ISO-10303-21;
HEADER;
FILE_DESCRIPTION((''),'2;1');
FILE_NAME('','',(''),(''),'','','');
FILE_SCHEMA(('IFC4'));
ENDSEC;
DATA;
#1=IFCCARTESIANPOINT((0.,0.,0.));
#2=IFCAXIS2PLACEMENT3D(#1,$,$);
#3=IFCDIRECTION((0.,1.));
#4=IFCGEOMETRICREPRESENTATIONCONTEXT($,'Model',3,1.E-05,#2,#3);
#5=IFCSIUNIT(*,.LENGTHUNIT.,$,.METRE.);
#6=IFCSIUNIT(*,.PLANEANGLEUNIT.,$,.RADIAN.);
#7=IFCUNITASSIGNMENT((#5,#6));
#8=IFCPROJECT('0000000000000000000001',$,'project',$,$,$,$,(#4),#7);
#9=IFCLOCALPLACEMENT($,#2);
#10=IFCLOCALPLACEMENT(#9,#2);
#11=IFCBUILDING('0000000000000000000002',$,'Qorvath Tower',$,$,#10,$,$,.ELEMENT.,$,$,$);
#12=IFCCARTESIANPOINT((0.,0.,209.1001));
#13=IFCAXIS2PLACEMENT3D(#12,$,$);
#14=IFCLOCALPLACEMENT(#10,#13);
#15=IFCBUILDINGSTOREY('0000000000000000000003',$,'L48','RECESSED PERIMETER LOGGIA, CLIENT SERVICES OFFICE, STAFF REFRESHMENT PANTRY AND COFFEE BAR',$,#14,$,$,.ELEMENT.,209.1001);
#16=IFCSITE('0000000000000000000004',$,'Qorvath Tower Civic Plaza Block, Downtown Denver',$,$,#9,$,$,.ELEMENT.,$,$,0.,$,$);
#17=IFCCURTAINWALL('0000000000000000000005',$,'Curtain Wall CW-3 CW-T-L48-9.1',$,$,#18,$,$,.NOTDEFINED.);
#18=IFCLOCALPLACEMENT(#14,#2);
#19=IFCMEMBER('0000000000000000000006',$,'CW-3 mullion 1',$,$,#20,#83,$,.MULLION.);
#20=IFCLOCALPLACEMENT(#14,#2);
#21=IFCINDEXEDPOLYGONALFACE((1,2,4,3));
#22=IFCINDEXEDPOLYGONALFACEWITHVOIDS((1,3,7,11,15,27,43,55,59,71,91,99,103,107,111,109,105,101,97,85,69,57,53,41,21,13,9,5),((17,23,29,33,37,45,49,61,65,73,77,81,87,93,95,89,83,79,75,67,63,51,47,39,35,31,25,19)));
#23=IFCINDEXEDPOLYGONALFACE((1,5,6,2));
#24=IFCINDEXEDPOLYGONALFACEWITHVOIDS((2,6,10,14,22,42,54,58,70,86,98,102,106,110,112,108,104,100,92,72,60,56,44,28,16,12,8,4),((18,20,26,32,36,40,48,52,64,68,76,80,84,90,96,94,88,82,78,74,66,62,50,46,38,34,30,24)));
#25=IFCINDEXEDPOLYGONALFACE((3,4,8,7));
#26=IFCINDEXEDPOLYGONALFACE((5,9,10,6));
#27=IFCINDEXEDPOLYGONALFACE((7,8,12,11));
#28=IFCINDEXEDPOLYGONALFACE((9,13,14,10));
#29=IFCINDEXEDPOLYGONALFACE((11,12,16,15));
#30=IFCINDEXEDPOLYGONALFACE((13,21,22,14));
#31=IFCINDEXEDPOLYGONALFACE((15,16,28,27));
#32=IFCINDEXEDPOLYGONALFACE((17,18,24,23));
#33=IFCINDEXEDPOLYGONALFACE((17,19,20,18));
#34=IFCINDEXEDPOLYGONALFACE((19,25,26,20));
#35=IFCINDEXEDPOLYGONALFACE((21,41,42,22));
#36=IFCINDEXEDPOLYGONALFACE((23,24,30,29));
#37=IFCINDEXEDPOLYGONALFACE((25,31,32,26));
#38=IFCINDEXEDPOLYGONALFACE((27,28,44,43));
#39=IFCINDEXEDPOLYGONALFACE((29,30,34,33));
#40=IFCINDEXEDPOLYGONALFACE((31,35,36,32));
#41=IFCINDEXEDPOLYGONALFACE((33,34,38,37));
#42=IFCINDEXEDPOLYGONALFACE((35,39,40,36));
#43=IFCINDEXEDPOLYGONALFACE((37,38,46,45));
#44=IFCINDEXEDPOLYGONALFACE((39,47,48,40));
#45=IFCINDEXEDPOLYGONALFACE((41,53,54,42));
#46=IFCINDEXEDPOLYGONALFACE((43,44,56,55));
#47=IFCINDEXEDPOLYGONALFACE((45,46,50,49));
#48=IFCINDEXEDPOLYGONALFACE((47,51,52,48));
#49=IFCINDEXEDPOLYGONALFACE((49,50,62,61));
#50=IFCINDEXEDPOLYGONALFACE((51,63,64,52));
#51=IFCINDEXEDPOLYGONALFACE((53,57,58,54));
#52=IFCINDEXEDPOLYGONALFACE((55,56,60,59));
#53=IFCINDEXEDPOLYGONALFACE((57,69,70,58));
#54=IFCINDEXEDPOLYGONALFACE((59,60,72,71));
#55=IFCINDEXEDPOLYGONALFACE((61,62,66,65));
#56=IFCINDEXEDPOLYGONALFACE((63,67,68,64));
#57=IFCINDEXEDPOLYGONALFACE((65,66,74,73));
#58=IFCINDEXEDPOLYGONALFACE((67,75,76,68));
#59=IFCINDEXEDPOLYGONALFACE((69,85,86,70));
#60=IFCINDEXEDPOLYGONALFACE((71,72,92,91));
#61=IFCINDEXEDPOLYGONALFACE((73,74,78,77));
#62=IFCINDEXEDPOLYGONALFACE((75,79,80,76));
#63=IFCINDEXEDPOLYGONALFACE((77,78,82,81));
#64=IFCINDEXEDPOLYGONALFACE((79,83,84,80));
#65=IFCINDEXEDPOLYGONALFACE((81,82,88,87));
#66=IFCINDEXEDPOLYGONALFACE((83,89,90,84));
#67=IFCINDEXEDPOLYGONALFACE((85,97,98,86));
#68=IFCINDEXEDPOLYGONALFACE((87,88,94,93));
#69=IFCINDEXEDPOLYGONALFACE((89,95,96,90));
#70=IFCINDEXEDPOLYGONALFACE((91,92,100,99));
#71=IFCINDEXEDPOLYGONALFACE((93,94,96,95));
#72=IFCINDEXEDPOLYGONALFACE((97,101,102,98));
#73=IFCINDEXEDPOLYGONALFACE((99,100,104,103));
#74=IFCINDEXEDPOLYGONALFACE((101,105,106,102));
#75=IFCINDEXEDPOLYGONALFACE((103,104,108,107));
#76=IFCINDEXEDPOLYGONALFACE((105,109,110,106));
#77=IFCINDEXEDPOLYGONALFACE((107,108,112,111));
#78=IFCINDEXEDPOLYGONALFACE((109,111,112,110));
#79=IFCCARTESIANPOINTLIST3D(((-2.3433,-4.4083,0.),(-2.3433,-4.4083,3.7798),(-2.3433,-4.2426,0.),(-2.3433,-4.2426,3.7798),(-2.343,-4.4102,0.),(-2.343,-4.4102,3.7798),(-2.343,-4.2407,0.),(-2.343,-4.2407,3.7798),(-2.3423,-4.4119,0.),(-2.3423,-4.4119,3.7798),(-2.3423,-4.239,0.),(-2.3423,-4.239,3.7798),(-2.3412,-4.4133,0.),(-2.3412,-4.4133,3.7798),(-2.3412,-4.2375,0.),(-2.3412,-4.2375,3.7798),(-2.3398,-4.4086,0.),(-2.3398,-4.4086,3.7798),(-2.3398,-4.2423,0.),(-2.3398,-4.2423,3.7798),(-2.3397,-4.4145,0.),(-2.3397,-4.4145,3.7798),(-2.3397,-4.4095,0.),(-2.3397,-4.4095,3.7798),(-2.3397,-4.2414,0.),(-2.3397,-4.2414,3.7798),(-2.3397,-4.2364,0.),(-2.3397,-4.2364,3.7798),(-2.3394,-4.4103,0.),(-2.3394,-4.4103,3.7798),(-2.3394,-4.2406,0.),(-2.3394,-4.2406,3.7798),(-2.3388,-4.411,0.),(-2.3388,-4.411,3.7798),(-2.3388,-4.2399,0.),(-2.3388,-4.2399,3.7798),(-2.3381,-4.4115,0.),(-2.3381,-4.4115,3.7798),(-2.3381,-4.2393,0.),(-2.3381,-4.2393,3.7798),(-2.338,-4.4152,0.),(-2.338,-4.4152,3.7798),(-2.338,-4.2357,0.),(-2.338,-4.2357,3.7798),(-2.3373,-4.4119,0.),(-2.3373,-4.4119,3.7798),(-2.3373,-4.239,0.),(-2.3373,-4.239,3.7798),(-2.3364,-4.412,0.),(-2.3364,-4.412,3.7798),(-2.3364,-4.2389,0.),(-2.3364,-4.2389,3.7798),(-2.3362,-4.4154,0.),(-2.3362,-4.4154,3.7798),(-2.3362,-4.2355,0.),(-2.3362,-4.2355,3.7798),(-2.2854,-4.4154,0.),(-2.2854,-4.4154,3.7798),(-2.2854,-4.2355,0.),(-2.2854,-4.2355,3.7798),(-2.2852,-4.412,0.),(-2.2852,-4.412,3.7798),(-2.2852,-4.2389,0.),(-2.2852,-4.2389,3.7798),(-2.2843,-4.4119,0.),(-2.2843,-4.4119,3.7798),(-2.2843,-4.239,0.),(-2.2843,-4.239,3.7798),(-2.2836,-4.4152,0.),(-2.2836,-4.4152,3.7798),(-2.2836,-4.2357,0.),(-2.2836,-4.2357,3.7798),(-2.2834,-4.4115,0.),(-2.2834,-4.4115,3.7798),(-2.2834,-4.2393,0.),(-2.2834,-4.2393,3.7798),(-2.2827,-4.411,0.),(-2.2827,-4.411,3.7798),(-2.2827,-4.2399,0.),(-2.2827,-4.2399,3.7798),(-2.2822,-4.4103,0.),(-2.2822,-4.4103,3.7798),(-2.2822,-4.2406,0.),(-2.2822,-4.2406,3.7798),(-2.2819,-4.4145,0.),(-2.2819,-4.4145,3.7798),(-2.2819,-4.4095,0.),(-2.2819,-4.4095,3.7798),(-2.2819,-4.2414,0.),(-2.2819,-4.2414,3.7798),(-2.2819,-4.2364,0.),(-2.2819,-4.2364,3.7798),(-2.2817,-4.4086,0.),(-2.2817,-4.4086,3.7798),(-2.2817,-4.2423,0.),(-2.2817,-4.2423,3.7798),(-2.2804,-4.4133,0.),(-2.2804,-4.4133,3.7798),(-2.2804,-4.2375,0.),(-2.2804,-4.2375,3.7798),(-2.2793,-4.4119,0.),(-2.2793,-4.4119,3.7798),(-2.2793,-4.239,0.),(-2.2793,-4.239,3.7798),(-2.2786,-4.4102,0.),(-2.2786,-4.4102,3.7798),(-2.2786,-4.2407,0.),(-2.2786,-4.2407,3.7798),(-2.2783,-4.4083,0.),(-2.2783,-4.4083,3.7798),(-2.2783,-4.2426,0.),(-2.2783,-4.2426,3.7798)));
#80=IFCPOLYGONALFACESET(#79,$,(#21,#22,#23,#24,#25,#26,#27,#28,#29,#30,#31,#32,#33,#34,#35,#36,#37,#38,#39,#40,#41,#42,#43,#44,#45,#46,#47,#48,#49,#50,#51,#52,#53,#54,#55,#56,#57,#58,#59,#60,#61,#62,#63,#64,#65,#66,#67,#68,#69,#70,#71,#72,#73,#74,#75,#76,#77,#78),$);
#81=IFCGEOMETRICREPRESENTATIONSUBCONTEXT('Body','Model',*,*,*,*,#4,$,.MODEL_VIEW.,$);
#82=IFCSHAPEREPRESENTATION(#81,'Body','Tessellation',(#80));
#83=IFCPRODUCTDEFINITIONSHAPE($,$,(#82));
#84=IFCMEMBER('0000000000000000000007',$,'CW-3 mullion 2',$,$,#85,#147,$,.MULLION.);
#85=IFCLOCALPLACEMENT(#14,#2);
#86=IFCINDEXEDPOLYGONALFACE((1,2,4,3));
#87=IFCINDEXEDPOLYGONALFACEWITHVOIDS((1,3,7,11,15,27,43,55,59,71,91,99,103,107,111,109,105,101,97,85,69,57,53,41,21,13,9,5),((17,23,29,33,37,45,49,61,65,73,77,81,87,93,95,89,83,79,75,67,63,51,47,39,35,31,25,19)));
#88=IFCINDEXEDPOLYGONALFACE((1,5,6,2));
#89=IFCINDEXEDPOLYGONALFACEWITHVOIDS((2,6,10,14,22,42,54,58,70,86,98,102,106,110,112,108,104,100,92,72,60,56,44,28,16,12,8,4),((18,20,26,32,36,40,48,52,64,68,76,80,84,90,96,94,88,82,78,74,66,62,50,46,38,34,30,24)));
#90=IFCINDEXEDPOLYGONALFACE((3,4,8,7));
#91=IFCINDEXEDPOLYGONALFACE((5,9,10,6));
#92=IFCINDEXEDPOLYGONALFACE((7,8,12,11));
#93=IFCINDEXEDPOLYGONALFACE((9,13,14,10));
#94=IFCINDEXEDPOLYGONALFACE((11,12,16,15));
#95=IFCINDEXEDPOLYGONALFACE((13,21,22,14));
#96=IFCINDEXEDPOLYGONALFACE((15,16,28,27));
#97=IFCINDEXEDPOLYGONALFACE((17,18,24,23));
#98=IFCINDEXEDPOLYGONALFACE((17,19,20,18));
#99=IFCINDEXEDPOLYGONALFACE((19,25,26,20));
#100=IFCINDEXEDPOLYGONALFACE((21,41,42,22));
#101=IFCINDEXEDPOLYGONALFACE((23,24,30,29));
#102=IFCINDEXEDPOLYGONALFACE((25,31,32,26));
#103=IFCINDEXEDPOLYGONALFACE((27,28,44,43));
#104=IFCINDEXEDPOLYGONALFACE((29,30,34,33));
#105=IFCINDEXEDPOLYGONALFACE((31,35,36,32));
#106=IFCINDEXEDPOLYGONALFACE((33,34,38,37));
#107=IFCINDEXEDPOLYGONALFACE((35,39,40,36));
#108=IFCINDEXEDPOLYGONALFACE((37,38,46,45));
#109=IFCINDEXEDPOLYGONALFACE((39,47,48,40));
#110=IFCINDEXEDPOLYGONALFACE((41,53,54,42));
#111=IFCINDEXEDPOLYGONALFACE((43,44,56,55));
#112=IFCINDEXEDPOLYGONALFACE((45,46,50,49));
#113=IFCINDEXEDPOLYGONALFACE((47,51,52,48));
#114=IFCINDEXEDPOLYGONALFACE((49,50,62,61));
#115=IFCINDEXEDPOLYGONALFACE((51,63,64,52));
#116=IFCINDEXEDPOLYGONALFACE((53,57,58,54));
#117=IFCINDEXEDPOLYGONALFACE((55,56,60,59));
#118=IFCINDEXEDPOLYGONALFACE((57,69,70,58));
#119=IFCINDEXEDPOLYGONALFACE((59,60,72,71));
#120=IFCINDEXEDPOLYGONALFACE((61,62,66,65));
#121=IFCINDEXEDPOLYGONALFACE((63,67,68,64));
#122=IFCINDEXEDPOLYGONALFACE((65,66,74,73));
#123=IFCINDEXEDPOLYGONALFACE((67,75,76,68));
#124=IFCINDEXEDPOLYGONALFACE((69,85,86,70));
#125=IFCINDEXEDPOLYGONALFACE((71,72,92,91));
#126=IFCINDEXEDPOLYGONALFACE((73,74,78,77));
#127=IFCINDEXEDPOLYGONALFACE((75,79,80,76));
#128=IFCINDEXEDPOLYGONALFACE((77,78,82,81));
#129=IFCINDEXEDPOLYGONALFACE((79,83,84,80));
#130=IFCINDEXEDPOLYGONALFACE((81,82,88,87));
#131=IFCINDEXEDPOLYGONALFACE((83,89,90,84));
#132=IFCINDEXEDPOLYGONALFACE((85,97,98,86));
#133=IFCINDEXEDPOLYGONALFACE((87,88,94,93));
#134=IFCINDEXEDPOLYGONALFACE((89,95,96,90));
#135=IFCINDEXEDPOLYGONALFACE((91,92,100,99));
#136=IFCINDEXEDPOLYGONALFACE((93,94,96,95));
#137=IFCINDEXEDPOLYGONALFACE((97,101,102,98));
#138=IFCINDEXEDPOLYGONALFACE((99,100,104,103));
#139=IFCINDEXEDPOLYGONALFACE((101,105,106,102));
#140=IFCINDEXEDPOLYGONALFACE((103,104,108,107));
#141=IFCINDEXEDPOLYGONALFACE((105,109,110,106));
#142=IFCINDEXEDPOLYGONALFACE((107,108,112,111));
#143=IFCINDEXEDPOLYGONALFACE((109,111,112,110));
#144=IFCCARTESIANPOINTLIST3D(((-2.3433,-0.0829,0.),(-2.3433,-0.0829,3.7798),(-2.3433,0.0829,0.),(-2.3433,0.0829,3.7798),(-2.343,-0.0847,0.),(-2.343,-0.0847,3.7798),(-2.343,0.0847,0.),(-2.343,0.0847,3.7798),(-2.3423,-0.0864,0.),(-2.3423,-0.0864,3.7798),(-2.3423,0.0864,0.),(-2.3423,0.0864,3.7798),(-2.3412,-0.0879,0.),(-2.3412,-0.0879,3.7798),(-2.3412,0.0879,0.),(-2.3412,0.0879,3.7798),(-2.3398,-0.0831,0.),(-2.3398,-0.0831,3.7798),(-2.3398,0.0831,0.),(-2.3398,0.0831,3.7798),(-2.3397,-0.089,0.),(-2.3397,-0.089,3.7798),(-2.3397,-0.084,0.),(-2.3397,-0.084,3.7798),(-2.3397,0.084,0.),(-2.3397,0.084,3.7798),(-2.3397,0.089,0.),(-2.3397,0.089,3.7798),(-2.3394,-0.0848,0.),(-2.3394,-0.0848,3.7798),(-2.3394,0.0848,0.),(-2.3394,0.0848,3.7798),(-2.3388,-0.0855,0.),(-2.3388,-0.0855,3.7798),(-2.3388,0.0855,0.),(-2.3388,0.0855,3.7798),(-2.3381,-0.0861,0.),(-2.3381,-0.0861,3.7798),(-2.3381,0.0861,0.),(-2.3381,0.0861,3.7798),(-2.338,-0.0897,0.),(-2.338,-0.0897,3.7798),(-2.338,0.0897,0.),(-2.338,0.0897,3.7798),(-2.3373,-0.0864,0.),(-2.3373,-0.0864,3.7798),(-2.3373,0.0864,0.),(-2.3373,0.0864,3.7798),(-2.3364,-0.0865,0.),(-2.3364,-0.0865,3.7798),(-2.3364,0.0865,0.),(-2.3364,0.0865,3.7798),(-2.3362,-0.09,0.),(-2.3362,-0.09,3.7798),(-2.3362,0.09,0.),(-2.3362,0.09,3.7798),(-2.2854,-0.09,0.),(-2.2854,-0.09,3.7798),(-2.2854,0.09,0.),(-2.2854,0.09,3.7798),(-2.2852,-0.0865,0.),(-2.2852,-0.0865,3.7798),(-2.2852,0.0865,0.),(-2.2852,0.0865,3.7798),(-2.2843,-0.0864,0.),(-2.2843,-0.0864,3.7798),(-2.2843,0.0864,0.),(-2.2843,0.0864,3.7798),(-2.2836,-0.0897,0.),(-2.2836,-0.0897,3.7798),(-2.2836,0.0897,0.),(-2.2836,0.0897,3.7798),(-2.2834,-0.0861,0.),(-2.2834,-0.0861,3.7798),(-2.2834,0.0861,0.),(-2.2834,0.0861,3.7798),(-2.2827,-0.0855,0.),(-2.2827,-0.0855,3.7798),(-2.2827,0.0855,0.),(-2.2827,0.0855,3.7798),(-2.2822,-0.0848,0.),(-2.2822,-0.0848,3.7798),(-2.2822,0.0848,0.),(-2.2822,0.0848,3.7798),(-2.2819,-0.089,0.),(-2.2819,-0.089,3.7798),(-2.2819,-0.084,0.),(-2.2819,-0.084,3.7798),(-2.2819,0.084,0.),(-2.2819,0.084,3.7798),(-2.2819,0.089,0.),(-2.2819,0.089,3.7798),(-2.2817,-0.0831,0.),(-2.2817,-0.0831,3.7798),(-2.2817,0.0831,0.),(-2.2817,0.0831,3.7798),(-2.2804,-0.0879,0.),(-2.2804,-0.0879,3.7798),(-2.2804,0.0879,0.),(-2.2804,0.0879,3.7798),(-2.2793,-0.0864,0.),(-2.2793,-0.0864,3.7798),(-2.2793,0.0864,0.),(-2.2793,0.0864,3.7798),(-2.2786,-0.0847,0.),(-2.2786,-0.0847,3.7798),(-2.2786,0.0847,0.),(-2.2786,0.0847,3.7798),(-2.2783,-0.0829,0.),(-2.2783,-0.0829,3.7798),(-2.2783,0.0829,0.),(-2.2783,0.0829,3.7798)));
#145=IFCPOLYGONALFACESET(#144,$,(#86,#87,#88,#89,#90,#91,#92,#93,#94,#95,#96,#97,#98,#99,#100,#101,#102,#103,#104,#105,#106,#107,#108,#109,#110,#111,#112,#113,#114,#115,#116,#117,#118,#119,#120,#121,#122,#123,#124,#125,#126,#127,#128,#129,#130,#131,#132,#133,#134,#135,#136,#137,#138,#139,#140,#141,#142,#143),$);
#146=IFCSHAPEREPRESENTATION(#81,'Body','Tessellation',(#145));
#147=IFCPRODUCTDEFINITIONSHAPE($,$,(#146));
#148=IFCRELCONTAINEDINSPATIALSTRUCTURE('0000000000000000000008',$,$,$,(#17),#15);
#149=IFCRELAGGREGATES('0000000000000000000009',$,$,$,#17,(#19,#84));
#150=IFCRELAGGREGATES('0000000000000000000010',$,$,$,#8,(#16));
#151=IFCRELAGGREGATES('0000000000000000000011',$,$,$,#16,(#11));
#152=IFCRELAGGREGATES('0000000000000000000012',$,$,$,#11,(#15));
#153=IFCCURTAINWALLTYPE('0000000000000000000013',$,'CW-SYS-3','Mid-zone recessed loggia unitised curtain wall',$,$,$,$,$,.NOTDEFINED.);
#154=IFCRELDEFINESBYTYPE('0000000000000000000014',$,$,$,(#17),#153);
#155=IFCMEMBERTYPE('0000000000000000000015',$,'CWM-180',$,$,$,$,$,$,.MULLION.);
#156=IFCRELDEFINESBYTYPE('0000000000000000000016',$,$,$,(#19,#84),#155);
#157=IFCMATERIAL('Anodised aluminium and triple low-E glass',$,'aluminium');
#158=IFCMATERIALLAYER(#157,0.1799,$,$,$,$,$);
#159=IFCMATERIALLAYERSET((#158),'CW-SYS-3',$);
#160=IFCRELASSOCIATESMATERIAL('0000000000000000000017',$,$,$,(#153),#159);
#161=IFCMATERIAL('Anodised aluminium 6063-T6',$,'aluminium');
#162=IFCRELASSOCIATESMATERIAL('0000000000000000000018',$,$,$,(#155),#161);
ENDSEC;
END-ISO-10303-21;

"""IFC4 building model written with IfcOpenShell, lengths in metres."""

from ifc_helpers import new_model, si_unit, direction, frame, origin, origin_2d, place, context, subcontext, project, spatial, hollow_rectangle, extrude, material, layer, layer_set, material_profile, profile_set, type_object, element, aggregate, save


model = new_model("IFC4")

# Units and contexts
model_context = context("Model", 3, precision=1e-05, world=origin(), true_north=direction((0.0, 1.0)))
body_context = subcontext(model_context, "Body", "Model", "MODEL_VIEW")
ifc_project = project(units=[si_unit("LENGTHUNIT", "METRE"), si_unit("PLANEANGLEUNIT", "RADIAN")], contexts=[model_context])

# Site, building, storey
site_placement = place(None, origin())
site = spatial("IfcSite", under=ifc_project, at=site_placement, Name="Qorvath Tower Civic Plaza Block, Downtown Denver", CompositionType="ELEMENT", RefElevation=0.0)
building_placement = place(site_placement, origin())
building = spatial("IfcBuilding", under=site, at=building_placement, Name="Qorvath Tower", CompositionType="ELEMENT")
storey_placement = place(building_placement, frame((0.0, 0.0, 209.1001)))
storey = spatial("IfcBuildingStorey", under=building, at=storey_placement, Name="L48", Description="RECESSED PERIMETER LOGGIA, CLIENT SERVICES OFFICE, STAFF REFRESHMENT PANTRY AND COFFEE BAR", CompositionType="ELEMENT", Elevation=209.1001)

# Curtain wall, members
ifc_material_1 = material(Name="Anodised aluminium and triple low-E glass", Category="aluminium")
ifc_layer_1 = layer(ifc_material_1, 0.1799)
ifc_layer_set_1 = layer_set([ifc_layer_1], Name="CW-SYS-3")
curtain_wall_type = type_object("IfcCurtainWallType", Name="CW-SYS-3", Description="Mid-zone recessed loggia unitised curtain wall", PredefinedType="NOTDEFINED", material=ifc_layer_set_1)
curtain_wall_placement = place(storey_placement, origin())
curtain_wall = element("IfcCurtainWall", 1, at=curtain_wall_placement, inside=storey, type_object=curtain_wall_type, Name="Curtain Wall CW-3 CW-T-L48-9.1", PredefinedType="NOTDEFINED")
ifc_material_2 = material(Name="Anodised aluminium 6063-T6", Category="aluminium")
ifc_material_profile_1 = material_profile(ifc_material_2, hollow_rectangle(XDim=0.0649, YDim=0.1799, WallThickness=0.0034, InnerFilletRadius=0.0034, OuterFilletRadius=0.0071, at=origin_2d()), Name="CWM 180x65")
ifc_profile_set_1 = profile_set([ifc_material_profile_1], Name="Anodised aluminium 6063-T6")
member_type_1 = type_object("IfcMemberType", Name="CWM-180", PredefinedType="MULLION", material=ifc_profile_set_1)
member_1_placement = place(storey_placement, frame((-2.3108, -4.3254, 0.0), z_axis=(0.0, 0.0, 1.0), x_axis=(-1.0, 0.0, 0.0)))
member_1 = element("IfcMember", 2, at=member_1_placement, type_object=member_type_1, Name="CW-3 mullion 1", PredefinedType="MULLION", context=body_context, shape_type="SweptSolid", body=[
    extrude(hollow_rectangle(XDim=0.0649, YDim=0.1799, WallThickness=0.0034, InnerFilletRadius=0.0034, OuterFilletRadius=0.0071, at=origin_2d()), origin(), (0.0, 0.0, 1.0), 3.7798),
])
member_2_placement = place(storey_placement, frame((-2.3108, 0.0, 0.0), z_axis=(0.0, 0.0, 1.0), x_axis=(-1.0, 0.0, 0.0)))
member_2 = element("IfcMember", 3, at=member_2_placement, type_object=member_type_1, Name="CW-3 mullion 2", PredefinedType="MULLION", context=body_context, shape_type="SweptSolid", body=[
    extrude(hollow_rectangle(XDim=0.0649, YDim=0.1799, WallThickness=0.0034, InnerFilletRadius=0.0034, OuterFilletRadius=0.0071, at=origin_2d()), origin(), (0.0, 0.0, 1.0), 3.7798),
])
aggregate(curtain_wall, [member_1, member_2])

save(model, "model.ifc")
